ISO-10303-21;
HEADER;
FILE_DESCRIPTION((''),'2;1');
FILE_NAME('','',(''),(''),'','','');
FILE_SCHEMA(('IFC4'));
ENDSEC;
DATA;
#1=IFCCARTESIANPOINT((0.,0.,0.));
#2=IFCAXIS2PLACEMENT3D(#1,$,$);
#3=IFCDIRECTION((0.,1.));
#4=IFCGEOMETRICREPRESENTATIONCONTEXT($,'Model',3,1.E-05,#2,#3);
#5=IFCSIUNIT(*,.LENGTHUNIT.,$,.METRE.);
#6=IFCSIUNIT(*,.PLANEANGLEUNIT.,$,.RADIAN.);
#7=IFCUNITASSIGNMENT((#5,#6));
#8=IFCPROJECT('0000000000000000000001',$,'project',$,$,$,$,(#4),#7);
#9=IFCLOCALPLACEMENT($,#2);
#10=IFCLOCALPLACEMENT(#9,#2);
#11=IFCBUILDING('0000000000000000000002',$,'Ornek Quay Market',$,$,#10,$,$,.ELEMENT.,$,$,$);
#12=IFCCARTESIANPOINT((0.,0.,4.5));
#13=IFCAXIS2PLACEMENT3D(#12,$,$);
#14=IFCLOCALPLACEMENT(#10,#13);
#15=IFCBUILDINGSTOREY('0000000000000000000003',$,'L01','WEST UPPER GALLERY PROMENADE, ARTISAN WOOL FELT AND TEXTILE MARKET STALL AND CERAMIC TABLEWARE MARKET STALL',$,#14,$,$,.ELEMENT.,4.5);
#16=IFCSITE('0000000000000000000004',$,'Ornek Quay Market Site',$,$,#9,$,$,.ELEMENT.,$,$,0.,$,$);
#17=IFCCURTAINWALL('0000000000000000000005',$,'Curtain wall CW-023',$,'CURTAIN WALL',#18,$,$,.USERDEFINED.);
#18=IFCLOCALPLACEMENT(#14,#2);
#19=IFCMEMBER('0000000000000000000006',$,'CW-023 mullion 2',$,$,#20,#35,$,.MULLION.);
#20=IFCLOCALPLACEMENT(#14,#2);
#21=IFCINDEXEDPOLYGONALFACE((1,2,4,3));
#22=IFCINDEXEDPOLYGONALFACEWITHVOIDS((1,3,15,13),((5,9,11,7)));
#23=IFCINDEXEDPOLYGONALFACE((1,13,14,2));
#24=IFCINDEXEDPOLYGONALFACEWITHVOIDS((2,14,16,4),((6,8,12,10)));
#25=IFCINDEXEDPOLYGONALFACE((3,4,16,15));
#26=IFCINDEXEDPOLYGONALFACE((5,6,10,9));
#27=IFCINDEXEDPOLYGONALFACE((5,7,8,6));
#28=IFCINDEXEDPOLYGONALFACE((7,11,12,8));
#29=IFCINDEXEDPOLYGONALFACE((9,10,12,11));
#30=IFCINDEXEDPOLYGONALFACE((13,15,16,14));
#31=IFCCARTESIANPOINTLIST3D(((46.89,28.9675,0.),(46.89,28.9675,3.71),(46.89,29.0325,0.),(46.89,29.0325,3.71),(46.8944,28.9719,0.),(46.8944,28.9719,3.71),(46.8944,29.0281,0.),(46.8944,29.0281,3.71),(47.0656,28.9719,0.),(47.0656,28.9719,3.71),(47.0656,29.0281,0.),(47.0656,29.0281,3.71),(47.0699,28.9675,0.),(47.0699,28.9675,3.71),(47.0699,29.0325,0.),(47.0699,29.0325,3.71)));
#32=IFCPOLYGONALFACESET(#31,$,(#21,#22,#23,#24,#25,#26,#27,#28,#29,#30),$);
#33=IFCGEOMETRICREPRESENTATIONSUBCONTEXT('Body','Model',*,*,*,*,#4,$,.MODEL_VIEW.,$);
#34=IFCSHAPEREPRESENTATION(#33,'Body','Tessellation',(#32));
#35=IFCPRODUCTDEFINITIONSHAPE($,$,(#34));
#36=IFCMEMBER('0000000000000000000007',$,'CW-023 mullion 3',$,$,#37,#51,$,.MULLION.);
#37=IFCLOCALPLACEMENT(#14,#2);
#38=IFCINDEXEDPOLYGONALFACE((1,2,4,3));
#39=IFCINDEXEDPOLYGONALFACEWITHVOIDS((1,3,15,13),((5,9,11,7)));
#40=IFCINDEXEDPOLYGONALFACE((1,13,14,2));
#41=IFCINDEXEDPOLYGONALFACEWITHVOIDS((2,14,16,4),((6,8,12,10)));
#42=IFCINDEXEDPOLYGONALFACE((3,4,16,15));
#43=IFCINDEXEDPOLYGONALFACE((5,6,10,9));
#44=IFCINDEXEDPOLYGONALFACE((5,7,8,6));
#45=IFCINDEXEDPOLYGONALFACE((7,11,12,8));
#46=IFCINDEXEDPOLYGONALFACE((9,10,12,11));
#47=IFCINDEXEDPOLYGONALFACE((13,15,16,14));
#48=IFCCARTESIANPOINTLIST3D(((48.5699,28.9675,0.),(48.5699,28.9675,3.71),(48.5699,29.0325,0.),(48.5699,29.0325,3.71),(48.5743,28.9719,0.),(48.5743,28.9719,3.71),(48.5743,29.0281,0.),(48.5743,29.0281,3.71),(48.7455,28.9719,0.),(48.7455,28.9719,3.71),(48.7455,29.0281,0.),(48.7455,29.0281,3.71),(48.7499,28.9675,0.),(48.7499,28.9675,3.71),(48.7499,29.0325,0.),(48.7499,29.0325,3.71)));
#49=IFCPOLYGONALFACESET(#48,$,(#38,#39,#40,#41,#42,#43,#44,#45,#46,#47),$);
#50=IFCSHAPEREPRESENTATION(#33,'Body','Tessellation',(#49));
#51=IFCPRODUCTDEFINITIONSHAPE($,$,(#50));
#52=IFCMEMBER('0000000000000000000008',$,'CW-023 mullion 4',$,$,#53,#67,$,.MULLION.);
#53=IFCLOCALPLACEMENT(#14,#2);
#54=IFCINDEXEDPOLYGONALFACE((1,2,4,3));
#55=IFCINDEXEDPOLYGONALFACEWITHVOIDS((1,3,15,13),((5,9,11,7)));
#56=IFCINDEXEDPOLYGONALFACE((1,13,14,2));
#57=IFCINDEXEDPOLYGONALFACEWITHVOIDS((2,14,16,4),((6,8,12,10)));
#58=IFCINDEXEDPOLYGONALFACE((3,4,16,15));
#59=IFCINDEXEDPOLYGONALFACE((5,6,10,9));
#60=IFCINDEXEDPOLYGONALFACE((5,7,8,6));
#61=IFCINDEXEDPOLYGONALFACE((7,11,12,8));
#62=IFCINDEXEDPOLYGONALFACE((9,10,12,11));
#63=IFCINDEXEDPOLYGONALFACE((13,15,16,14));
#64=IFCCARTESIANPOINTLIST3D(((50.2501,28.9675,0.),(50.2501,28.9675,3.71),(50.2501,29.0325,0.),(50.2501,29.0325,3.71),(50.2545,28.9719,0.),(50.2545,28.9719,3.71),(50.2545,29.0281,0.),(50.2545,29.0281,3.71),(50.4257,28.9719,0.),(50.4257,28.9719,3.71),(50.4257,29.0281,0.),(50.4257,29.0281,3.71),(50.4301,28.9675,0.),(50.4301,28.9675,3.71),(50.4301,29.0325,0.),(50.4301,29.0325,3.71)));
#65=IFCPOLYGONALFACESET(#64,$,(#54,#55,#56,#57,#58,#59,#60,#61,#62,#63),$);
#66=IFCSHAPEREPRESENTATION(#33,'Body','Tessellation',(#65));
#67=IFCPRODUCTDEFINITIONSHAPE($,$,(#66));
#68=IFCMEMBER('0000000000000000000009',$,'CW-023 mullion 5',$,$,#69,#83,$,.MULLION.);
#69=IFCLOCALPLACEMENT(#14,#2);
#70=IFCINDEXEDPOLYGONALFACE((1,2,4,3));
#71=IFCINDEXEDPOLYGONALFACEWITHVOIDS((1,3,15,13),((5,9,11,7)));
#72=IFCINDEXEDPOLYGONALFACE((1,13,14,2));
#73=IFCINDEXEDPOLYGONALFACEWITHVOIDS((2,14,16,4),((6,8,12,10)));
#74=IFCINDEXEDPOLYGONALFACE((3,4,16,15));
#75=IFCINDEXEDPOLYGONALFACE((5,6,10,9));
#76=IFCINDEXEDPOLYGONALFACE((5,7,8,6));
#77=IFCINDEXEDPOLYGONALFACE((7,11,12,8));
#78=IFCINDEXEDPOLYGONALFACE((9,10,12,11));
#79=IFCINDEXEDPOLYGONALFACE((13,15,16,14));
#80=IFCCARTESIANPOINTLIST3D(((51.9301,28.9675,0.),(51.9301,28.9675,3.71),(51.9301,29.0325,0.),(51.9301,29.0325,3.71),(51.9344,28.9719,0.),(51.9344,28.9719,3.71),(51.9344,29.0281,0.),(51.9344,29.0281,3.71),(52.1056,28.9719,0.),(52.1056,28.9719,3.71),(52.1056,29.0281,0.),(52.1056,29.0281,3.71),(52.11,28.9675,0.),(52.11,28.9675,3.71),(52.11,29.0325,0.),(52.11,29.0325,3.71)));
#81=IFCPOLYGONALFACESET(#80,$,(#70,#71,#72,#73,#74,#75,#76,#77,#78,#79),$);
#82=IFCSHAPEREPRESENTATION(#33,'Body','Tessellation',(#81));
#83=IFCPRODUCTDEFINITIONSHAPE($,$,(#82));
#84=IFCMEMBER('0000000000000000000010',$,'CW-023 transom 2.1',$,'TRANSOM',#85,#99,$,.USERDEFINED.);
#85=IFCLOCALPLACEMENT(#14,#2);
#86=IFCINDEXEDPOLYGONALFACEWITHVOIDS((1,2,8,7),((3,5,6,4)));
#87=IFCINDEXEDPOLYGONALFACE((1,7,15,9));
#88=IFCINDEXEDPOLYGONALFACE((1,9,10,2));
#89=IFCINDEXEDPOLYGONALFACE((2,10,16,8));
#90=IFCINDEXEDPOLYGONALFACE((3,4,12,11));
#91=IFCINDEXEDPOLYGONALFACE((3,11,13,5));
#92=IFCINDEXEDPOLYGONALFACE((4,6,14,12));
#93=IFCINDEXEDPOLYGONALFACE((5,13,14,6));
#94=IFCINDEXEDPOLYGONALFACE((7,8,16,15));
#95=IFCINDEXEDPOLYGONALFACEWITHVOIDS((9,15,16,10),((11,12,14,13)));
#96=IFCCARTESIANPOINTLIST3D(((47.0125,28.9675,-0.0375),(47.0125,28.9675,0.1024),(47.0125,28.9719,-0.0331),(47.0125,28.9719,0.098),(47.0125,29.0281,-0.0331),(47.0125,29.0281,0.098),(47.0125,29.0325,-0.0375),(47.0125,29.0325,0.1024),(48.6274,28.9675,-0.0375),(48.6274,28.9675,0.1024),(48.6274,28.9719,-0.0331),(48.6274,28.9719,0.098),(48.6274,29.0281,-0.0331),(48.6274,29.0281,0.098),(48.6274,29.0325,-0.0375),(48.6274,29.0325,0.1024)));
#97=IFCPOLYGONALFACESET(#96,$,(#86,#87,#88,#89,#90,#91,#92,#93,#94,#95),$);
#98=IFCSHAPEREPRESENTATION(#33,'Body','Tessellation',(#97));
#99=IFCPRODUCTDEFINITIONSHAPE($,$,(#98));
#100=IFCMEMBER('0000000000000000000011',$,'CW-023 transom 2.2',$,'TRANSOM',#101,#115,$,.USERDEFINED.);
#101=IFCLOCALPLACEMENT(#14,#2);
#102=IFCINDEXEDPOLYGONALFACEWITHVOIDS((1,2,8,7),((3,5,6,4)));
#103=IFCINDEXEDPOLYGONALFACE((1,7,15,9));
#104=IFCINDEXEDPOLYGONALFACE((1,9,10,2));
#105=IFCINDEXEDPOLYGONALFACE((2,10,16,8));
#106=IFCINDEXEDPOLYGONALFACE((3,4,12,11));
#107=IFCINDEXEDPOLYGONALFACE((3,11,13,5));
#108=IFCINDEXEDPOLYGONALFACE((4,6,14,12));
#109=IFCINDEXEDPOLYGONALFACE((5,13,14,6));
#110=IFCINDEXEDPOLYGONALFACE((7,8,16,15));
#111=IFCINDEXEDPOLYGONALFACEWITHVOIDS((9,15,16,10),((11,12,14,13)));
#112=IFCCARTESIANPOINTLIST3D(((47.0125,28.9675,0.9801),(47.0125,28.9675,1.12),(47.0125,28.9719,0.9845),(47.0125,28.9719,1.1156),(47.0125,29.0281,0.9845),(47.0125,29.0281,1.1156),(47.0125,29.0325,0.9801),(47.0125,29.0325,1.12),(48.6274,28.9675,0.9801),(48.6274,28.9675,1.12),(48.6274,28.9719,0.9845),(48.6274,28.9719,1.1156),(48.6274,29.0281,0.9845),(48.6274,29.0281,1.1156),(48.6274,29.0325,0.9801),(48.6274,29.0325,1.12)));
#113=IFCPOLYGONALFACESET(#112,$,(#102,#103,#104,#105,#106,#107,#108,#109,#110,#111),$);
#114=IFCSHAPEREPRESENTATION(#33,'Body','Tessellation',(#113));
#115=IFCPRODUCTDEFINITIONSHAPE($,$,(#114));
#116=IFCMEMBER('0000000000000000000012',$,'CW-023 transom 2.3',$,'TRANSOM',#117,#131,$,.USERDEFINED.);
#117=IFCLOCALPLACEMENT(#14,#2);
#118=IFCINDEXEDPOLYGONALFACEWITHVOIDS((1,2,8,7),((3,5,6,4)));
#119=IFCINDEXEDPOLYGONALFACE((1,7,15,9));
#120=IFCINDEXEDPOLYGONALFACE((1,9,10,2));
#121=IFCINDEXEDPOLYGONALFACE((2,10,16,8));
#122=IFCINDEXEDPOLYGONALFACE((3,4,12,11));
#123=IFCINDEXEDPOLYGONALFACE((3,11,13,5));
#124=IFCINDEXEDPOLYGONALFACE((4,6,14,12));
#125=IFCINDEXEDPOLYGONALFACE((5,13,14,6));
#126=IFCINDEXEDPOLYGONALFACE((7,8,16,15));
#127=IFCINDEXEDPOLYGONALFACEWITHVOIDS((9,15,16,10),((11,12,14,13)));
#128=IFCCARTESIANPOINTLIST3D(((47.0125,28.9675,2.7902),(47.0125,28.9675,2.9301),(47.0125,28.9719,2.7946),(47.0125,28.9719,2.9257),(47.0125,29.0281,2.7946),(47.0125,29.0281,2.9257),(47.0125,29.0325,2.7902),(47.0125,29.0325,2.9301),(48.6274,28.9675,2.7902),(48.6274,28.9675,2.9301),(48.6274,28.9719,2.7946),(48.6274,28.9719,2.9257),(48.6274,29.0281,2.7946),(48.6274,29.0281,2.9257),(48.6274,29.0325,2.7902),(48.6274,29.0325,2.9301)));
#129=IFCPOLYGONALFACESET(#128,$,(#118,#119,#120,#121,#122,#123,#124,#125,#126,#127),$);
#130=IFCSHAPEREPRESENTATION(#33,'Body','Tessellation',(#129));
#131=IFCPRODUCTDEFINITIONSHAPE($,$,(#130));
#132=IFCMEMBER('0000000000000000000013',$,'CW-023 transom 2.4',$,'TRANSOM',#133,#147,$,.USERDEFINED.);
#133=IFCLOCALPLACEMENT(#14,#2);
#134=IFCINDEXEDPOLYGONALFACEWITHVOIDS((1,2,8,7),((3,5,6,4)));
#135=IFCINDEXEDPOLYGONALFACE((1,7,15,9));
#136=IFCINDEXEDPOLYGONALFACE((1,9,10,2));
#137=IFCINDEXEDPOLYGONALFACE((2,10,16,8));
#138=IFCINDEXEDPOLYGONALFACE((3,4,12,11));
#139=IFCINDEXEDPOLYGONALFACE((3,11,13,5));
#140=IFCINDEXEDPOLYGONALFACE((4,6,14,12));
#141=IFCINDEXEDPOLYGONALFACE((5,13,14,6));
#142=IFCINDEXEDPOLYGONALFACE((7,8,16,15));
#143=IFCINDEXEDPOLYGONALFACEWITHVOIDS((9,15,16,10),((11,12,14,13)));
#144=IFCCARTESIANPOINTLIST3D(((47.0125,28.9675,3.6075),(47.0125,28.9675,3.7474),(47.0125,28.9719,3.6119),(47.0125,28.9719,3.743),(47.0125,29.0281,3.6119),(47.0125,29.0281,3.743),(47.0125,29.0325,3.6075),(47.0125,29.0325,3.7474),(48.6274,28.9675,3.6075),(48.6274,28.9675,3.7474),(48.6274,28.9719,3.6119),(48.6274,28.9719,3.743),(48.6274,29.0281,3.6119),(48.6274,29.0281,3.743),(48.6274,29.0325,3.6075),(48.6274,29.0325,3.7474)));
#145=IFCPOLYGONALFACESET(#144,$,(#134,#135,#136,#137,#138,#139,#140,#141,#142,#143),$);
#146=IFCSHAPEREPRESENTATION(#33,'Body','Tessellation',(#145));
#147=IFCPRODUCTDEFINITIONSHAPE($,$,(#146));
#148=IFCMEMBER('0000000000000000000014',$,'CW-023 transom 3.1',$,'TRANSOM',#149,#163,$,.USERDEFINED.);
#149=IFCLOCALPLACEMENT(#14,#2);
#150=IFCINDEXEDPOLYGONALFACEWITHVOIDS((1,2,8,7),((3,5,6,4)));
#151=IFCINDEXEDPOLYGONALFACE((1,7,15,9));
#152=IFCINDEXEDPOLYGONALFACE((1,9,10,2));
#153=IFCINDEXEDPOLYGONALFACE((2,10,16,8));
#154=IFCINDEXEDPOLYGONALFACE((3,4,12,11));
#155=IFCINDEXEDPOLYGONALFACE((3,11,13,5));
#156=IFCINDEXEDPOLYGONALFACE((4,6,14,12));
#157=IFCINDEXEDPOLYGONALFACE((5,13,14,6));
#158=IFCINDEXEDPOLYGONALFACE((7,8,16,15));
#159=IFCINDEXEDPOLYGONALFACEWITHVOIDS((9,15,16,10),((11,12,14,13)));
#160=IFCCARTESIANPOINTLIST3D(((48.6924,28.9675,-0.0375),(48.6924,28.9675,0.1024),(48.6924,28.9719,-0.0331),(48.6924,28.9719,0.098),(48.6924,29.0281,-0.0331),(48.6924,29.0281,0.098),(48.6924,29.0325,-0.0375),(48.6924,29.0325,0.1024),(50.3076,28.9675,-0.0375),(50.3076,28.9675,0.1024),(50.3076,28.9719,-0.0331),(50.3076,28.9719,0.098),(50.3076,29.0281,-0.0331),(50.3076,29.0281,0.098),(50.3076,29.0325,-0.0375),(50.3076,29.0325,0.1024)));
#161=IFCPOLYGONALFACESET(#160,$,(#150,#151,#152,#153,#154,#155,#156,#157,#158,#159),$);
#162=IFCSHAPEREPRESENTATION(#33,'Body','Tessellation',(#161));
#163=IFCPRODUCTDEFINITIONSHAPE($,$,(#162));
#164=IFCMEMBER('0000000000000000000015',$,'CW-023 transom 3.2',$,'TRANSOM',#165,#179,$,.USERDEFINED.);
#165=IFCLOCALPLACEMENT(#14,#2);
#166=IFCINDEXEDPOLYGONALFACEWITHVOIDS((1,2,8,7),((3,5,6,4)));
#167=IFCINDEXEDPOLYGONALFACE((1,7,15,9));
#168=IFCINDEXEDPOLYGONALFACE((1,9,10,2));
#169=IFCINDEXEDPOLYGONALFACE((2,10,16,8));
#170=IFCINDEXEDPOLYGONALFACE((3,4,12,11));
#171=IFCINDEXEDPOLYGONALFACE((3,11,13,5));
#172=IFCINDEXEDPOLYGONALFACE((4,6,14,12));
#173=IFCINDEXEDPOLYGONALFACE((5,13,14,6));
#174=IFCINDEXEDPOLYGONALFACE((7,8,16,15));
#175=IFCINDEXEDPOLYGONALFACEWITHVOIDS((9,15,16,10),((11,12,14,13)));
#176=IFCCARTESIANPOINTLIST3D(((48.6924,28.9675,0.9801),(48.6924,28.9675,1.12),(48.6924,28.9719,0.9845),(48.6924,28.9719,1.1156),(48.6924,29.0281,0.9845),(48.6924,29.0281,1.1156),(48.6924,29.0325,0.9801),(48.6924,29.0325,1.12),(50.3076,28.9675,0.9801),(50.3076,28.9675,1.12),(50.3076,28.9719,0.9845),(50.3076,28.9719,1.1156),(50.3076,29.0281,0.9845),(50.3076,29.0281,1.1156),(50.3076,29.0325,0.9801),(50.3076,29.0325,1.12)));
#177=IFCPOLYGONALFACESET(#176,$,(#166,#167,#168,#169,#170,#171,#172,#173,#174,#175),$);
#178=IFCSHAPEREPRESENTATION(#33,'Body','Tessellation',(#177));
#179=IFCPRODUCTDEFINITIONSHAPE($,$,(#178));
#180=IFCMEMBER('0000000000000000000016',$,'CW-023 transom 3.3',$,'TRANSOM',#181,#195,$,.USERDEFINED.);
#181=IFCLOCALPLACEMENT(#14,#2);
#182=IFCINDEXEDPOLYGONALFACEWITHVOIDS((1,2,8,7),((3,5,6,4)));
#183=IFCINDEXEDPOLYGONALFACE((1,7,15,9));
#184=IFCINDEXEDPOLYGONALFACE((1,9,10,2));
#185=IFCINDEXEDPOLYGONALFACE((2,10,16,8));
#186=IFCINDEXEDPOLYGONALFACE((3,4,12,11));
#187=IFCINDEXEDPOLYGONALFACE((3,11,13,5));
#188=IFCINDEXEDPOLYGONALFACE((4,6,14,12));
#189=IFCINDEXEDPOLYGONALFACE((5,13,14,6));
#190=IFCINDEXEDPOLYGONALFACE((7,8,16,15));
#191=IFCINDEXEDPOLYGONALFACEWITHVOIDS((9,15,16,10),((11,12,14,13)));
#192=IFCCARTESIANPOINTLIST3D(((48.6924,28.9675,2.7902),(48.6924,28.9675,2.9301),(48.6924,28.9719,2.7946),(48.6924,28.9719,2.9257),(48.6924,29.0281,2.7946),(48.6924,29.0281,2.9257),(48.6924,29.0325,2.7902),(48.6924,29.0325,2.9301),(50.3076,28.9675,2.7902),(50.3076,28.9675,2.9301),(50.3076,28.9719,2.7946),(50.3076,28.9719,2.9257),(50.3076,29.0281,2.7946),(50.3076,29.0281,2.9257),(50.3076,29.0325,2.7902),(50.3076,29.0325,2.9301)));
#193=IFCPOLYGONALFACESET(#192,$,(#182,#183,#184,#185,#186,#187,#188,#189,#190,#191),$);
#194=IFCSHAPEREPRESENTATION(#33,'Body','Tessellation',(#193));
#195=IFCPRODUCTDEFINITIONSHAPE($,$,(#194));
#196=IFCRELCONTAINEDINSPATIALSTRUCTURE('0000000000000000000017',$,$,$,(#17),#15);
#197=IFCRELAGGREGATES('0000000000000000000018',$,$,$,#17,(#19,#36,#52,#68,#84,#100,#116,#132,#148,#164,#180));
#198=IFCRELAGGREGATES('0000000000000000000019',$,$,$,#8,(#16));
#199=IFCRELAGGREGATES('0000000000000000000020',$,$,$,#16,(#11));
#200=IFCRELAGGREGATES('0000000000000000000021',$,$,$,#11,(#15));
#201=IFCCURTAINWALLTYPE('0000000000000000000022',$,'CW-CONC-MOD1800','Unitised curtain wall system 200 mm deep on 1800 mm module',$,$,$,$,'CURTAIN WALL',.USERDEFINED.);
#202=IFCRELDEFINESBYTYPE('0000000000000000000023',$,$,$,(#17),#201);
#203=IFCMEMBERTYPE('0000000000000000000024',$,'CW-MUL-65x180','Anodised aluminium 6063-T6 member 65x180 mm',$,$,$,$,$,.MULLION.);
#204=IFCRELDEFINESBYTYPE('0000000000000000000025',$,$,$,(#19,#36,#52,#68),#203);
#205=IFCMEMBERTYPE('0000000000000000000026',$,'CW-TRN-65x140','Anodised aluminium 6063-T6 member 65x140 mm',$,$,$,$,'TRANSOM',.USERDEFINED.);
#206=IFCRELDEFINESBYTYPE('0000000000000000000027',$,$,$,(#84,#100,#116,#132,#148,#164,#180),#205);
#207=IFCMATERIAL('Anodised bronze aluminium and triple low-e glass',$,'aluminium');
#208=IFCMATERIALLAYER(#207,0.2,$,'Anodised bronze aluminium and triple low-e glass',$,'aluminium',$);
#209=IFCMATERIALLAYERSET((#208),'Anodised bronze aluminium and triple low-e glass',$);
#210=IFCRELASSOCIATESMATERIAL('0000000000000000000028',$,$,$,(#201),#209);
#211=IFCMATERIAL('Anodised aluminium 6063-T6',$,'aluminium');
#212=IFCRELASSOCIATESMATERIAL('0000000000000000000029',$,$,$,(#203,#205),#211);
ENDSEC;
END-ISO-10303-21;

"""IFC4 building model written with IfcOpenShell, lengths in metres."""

from ifc_helpers import new_model, si_unit, direction, frame, origin, origin_2d, place, context, subcontext, project, spatial, hollow_rectangle, extrude, material, layer, layer_set, material_profile, profile_set, type_object, element, aggregate, save


model = new_model("IFC4")

# Units and contexts
model_context = context("Model", 3, precision=1e-05, world=origin(), true_north=direction((0.0, 1.0)))
body_context = subcontext(model_context, "Body", "Model", "MODEL_VIEW")
ifc_project = project(units=[si_unit("LENGTHUNIT", "METRE"), si_unit("PLANEANGLEUNIT", "RADIAN")], contexts=[model_context])

# Site, building, storey
site_placement = place(None, origin())
site = spatial("IfcSite", under=ifc_project, at=site_placement, Name="Ornek Quay Market Site", CompositionType="ELEMENT", RefElevation=0.0)
building_placement = place(site_placement, origin())
building = spatial("IfcBuilding", under=site, at=building_placement, Name="Ornek Quay Market", CompositionType="ELEMENT")
storey_placement = place(building_placement, frame((0.0, 0.0, 4.5)))
storey = spatial("IfcBuildingStorey", under=building, at=storey_placement, Name="L01", Description="WEST UPPER GALLERY PROMENADE, ARTISAN WOOL FELT AND TEXTILE MARKET STALL AND CERAMIC TABLEWARE MARKET STALL", CompositionType="ELEMENT", Elevation=4.5)

# Curtain wall, members
ifc_material_1 = material(Name="Anodised bronze aluminium and triple low-e glass", Category="aluminium")
ifc_layer_1 = layer(ifc_material_1, 0.2, Name="Anodised bronze aluminium and triple low-e glass", Category="aluminium")
ifc_layer_set_1 = layer_set([ifc_layer_1], Name="Anodised bronze aluminium and triple low-e glass")
curtain_wall_type_1 = type_object("IfcCurtainWallType", Name="CW-CONC-MOD1800", Description="Unitised curtain wall system 200 mm deep on 1800 mm module", ElementType="CURTAIN WALL", PredefinedType="USERDEFINED", material=ifc_layer_set_1)
curtain_wall_1_placement = place(storey_placement, origin())
curtain_wall_1 = element("IfcCurtainWall", 1, at=curtain_wall_1_placement, inside=storey, type_object=curtain_wall_type_1, Name="Curtain wall CW-023", ObjectType="CURTAIN WALL", PredefinedType="USERDEFINED")
ifc_material_2 = material(Name="Anodised aluminium 6063-T6", Category="aluminium")
ifc_material_profile_1 = material_profile(ifc_material_2, hollow_rectangle(XDim=0.0649, YDim=0.1799, WallThickness=0.0044, at=origin_2d()), Name="CW-MUL-65x180", Category="aluminium")
ifc_profile_set_1 = profile_set([ifc_material_profile_1], Name="Anodised aluminium 6063-T6")
member_type_1 = type_object("IfcMemberType", Name="CW-MUL-65x180", Description="Anodised aluminium 6063-T6 member 65x180 mm", PredefinedType="MULLION", material=ifc_profile_set_1)
member_1_placement = place(storey_placement, frame((46.98, 29.0, 0.0), z_axis=(0.0, 0.0, 1.0), x_axis=(0.0, 1.0, 0.0)))
member_1 = element("IfcMember", 2, at=member_1_placement, type_object=member_type_1, Name="CW-023 mullion 2", PredefinedType="MULLION", context=body_context, shape_type="SweptSolid", body=[
    extrude(hollow_rectangle(XDim=0.0649, YDim=0.1799, WallThickness=0.0044, at=origin_2d()), origin(), (0.0, 0.0, 1.0), 3.71),
])
member_2_placement = place(storey_placement, frame((48.6599, 29.0, 0.0), z_axis=(0.0, 0.0, 1.0), x_axis=(0.0, 1.0, 0.0)))
member_2 = element("IfcMember", 3, at=member_2_placement, type_object=member_type_1, Name="CW-023 mullion 3", PredefinedType="MULLION", context=body_context, shape_type="SweptSolid", body=[
    extrude(hollow_rectangle(XDim=0.0649, YDim=0.1799, WallThickness=0.0044, at=origin_2d()), origin(), (0.0, 0.0, 1.0), 3.71),
])
member_3_placement = place(storey_placement, frame((50.3401, 29.0, 0.0), z_axis=(0.0, 0.0, 1.0), x_axis=(0.0, 1.0, 0.0)))
member_3 = element("IfcMember", 4, at=member_3_placement, type_object=member_type_1, Name="CW-023 mullion 4", PredefinedType="MULLION", context=body_context, shape_type="SweptSolid", body=[
    extrude(hollow_rectangle(XDim=0.0649, YDim=0.1799, WallThickness=0.0044, at=origin_2d()), origin(), (0.0, 0.0, 1.0), 3.71),
])
member_4_placement = place(storey_placement, frame((52.02, 29.0, 0.0), z_axis=(0.0, 0.0, 1.0), x_axis=(0.0, 1.0, 0.0)))
member_4 = element("IfcMember", 5, at=member_4_placement, type_object=member_type_1, Name="CW-023 mullion 5", PredefinedType="MULLION", context=body_context, shape_type="SweptSolid", body=[
    extrude(hollow_rectangle(XDim=0.0649, YDim=0.1799, WallThickness=0.0044, at=origin_2d()), origin(), (0.0, 0.0, 1.0), 3.71),
])
ifc_material_profile_2 = material_profile(ifc_material_2, hollow_rectangle(XDim=0.0649, YDim=0.1399, WallThickness=0.0044, at=origin_2d()), Name="CW-TRN-65x140", Category="aluminium")
ifc_profile_set_2 = profile_set([ifc_material_profile_2], Name="Anodised aluminium 6063-T6")
member_type_2 = type_object("IfcMemberType", Name="CW-TRN-65x140", Description="Anodised aluminium 6063-T6 member 65x140 mm", ElementType="TRANSOM", PredefinedType="USERDEFINED", material=ifc_profile_set_2)
member_5_placement = place(storey_placement, frame((47.0125, 29.0, 0.0325), z_axis=(1.0, 0.0, 0.0), x_axis=(0.0, 1.0, 0.0)))
member_5 = element("IfcMember", 6, at=member_5_placement, type_object=member_type_2, Name="CW-023 transom 2.1", ObjectType="TRANSOM", PredefinedType="USERDEFINED", context=body_context, shape_type="SweptSolid", body=[
    extrude(hollow_rectangle(XDim=0.0649, YDim=0.1399, WallThickness=0.0044, at=origin_2d()), origin(), (0.0, 0.0, 1.0), 1.615),
])
member_6_placement = place(storey_placement, frame((47.0125, 29.0, 1.05), z_axis=(1.0, 0.0, 0.0), x_axis=(0.0, 1.0, 0.0)))
member_6 = element("IfcMember", 7, at=member_6_placement, type_object=member_type_2, Name="CW-023 transom 2.2", ObjectType="TRANSOM", PredefinedType="USERDEFINED", context=body_context, shape_type="SweptSolid", body=[
    extrude(hollow_rectangle(XDim=0.0649, YDim=0.1399, WallThickness=0.0044, at=origin_2d()), origin(), (0.0, 0.0, 1.0), 1.615),
])
member_7_placement = place(storey_placement, frame((47.0125, 29.0, 2.8601), z_axis=(1.0, 0.0, 0.0), x_axis=(0.0, 1.0, 0.0)))
member_7 = element("IfcMember", 8, at=member_7_placement, type_object=member_type_2, Name="CW-023 transom 2.3", ObjectType="TRANSOM", PredefinedType="USERDEFINED", context=body_context, shape_type="SweptSolid", body=[
    extrude(hollow_rectangle(XDim=0.0649, YDim=0.1399, WallThickness=0.0044, at=origin_2d()), origin(), (0.0, 0.0, 1.0), 1.615),
])
member_8_placement = place(storey_placement, frame((47.0125, 29.0, 3.6775), z_axis=(1.0, 0.0, 0.0), x_axis=(0.0, 1.0, 0.0)))
member_8 = element("IfcMember", 9, at=member_8_placement, type_object=member_type_2, Name="CW-023 transom 2.4", ObjectType="TRANSOM", PredefinedType="USERDEFINED", context=body_context, shape_type="SweptSolid", body=[
    extrude(hollow_rectangle(XDim=0.0649, YDim=0.1399, WallThickness=0.0044, at=origin_2d()), origin(), (0.0, 0.0, 1.0), 1.615),
])
member_9_placement = place(storey_placement, frame((48.6924, 29.0, 0.0325), z_axis=(1.0, 0.0, 0.0), x_axis=(0.0, 1.0, 0.0)))
member_9 = element("IfcMember", 10, at=member_9_placement, type_object=member_type_2, Name="CW-023 transom 3.1", ObjectType="TRANSOM", PredefinedType="USERDEFINED", context=body_context, shape_type="SweptSolid", body=[
    extrude(hollow_rectangle(XDim=0.0649, YDim=0.1399, WallThickness=0.0044, at=origin_2d()), origin(), (0.0, 0.0, 1.0), 1.6152),
])
member_10_placement = place(storey_placement, frame((48.6924, 29.0, 1.05), z_axis=(1.0, 0.0, 0.0), x_axis=(0.0, 1.0, 0.0)))
member_10 = element("IfcMember", 11, at=member_10_placement, type_object=member_type_2, Name="CW-023 transom 3.2", ObjectType="TRANSOM", PredefinedType="USERDEFINED", context=body_context, shape_type="SweptSolid", body=[
    extrude(hollow_rectangle(XDim=0.0649, YDim=0.1399, WallThickness=0.0044, at=origin_2d()), origin(), (0.0, 0.0, 1.0), 1.6152),
])
member_11_placement = place(storey_placement, frame((48.6924, 29.0, 2.8601), z_axis=(1.0, 0.0, 0.0), x_axis=(0.0, 1.0, 0.0)))
member_11 = element("IfcMember", 12, at=member_11_placement, type_object=member_type_2, Name="CW-023 transom 3.3", ObjectType="TRANSOM", PredefinedType="USERDEFINED", context=body_context, shape_type="SweptSolid", body=[
    extrude(hollow_rectangle(XDim=0.0649, YDim=0.1399, WallThickness=0.0044, at=origin_2d()), origin(), (0.0, 0.0, 1.0), 1.6152),
])

aggregate(curtain_wall_1, [member_1, member_2, member_3, member_4, member_5, member_6, member_7, member_8, member_9, member_10, member_11])

save(model, "model.ifc")
